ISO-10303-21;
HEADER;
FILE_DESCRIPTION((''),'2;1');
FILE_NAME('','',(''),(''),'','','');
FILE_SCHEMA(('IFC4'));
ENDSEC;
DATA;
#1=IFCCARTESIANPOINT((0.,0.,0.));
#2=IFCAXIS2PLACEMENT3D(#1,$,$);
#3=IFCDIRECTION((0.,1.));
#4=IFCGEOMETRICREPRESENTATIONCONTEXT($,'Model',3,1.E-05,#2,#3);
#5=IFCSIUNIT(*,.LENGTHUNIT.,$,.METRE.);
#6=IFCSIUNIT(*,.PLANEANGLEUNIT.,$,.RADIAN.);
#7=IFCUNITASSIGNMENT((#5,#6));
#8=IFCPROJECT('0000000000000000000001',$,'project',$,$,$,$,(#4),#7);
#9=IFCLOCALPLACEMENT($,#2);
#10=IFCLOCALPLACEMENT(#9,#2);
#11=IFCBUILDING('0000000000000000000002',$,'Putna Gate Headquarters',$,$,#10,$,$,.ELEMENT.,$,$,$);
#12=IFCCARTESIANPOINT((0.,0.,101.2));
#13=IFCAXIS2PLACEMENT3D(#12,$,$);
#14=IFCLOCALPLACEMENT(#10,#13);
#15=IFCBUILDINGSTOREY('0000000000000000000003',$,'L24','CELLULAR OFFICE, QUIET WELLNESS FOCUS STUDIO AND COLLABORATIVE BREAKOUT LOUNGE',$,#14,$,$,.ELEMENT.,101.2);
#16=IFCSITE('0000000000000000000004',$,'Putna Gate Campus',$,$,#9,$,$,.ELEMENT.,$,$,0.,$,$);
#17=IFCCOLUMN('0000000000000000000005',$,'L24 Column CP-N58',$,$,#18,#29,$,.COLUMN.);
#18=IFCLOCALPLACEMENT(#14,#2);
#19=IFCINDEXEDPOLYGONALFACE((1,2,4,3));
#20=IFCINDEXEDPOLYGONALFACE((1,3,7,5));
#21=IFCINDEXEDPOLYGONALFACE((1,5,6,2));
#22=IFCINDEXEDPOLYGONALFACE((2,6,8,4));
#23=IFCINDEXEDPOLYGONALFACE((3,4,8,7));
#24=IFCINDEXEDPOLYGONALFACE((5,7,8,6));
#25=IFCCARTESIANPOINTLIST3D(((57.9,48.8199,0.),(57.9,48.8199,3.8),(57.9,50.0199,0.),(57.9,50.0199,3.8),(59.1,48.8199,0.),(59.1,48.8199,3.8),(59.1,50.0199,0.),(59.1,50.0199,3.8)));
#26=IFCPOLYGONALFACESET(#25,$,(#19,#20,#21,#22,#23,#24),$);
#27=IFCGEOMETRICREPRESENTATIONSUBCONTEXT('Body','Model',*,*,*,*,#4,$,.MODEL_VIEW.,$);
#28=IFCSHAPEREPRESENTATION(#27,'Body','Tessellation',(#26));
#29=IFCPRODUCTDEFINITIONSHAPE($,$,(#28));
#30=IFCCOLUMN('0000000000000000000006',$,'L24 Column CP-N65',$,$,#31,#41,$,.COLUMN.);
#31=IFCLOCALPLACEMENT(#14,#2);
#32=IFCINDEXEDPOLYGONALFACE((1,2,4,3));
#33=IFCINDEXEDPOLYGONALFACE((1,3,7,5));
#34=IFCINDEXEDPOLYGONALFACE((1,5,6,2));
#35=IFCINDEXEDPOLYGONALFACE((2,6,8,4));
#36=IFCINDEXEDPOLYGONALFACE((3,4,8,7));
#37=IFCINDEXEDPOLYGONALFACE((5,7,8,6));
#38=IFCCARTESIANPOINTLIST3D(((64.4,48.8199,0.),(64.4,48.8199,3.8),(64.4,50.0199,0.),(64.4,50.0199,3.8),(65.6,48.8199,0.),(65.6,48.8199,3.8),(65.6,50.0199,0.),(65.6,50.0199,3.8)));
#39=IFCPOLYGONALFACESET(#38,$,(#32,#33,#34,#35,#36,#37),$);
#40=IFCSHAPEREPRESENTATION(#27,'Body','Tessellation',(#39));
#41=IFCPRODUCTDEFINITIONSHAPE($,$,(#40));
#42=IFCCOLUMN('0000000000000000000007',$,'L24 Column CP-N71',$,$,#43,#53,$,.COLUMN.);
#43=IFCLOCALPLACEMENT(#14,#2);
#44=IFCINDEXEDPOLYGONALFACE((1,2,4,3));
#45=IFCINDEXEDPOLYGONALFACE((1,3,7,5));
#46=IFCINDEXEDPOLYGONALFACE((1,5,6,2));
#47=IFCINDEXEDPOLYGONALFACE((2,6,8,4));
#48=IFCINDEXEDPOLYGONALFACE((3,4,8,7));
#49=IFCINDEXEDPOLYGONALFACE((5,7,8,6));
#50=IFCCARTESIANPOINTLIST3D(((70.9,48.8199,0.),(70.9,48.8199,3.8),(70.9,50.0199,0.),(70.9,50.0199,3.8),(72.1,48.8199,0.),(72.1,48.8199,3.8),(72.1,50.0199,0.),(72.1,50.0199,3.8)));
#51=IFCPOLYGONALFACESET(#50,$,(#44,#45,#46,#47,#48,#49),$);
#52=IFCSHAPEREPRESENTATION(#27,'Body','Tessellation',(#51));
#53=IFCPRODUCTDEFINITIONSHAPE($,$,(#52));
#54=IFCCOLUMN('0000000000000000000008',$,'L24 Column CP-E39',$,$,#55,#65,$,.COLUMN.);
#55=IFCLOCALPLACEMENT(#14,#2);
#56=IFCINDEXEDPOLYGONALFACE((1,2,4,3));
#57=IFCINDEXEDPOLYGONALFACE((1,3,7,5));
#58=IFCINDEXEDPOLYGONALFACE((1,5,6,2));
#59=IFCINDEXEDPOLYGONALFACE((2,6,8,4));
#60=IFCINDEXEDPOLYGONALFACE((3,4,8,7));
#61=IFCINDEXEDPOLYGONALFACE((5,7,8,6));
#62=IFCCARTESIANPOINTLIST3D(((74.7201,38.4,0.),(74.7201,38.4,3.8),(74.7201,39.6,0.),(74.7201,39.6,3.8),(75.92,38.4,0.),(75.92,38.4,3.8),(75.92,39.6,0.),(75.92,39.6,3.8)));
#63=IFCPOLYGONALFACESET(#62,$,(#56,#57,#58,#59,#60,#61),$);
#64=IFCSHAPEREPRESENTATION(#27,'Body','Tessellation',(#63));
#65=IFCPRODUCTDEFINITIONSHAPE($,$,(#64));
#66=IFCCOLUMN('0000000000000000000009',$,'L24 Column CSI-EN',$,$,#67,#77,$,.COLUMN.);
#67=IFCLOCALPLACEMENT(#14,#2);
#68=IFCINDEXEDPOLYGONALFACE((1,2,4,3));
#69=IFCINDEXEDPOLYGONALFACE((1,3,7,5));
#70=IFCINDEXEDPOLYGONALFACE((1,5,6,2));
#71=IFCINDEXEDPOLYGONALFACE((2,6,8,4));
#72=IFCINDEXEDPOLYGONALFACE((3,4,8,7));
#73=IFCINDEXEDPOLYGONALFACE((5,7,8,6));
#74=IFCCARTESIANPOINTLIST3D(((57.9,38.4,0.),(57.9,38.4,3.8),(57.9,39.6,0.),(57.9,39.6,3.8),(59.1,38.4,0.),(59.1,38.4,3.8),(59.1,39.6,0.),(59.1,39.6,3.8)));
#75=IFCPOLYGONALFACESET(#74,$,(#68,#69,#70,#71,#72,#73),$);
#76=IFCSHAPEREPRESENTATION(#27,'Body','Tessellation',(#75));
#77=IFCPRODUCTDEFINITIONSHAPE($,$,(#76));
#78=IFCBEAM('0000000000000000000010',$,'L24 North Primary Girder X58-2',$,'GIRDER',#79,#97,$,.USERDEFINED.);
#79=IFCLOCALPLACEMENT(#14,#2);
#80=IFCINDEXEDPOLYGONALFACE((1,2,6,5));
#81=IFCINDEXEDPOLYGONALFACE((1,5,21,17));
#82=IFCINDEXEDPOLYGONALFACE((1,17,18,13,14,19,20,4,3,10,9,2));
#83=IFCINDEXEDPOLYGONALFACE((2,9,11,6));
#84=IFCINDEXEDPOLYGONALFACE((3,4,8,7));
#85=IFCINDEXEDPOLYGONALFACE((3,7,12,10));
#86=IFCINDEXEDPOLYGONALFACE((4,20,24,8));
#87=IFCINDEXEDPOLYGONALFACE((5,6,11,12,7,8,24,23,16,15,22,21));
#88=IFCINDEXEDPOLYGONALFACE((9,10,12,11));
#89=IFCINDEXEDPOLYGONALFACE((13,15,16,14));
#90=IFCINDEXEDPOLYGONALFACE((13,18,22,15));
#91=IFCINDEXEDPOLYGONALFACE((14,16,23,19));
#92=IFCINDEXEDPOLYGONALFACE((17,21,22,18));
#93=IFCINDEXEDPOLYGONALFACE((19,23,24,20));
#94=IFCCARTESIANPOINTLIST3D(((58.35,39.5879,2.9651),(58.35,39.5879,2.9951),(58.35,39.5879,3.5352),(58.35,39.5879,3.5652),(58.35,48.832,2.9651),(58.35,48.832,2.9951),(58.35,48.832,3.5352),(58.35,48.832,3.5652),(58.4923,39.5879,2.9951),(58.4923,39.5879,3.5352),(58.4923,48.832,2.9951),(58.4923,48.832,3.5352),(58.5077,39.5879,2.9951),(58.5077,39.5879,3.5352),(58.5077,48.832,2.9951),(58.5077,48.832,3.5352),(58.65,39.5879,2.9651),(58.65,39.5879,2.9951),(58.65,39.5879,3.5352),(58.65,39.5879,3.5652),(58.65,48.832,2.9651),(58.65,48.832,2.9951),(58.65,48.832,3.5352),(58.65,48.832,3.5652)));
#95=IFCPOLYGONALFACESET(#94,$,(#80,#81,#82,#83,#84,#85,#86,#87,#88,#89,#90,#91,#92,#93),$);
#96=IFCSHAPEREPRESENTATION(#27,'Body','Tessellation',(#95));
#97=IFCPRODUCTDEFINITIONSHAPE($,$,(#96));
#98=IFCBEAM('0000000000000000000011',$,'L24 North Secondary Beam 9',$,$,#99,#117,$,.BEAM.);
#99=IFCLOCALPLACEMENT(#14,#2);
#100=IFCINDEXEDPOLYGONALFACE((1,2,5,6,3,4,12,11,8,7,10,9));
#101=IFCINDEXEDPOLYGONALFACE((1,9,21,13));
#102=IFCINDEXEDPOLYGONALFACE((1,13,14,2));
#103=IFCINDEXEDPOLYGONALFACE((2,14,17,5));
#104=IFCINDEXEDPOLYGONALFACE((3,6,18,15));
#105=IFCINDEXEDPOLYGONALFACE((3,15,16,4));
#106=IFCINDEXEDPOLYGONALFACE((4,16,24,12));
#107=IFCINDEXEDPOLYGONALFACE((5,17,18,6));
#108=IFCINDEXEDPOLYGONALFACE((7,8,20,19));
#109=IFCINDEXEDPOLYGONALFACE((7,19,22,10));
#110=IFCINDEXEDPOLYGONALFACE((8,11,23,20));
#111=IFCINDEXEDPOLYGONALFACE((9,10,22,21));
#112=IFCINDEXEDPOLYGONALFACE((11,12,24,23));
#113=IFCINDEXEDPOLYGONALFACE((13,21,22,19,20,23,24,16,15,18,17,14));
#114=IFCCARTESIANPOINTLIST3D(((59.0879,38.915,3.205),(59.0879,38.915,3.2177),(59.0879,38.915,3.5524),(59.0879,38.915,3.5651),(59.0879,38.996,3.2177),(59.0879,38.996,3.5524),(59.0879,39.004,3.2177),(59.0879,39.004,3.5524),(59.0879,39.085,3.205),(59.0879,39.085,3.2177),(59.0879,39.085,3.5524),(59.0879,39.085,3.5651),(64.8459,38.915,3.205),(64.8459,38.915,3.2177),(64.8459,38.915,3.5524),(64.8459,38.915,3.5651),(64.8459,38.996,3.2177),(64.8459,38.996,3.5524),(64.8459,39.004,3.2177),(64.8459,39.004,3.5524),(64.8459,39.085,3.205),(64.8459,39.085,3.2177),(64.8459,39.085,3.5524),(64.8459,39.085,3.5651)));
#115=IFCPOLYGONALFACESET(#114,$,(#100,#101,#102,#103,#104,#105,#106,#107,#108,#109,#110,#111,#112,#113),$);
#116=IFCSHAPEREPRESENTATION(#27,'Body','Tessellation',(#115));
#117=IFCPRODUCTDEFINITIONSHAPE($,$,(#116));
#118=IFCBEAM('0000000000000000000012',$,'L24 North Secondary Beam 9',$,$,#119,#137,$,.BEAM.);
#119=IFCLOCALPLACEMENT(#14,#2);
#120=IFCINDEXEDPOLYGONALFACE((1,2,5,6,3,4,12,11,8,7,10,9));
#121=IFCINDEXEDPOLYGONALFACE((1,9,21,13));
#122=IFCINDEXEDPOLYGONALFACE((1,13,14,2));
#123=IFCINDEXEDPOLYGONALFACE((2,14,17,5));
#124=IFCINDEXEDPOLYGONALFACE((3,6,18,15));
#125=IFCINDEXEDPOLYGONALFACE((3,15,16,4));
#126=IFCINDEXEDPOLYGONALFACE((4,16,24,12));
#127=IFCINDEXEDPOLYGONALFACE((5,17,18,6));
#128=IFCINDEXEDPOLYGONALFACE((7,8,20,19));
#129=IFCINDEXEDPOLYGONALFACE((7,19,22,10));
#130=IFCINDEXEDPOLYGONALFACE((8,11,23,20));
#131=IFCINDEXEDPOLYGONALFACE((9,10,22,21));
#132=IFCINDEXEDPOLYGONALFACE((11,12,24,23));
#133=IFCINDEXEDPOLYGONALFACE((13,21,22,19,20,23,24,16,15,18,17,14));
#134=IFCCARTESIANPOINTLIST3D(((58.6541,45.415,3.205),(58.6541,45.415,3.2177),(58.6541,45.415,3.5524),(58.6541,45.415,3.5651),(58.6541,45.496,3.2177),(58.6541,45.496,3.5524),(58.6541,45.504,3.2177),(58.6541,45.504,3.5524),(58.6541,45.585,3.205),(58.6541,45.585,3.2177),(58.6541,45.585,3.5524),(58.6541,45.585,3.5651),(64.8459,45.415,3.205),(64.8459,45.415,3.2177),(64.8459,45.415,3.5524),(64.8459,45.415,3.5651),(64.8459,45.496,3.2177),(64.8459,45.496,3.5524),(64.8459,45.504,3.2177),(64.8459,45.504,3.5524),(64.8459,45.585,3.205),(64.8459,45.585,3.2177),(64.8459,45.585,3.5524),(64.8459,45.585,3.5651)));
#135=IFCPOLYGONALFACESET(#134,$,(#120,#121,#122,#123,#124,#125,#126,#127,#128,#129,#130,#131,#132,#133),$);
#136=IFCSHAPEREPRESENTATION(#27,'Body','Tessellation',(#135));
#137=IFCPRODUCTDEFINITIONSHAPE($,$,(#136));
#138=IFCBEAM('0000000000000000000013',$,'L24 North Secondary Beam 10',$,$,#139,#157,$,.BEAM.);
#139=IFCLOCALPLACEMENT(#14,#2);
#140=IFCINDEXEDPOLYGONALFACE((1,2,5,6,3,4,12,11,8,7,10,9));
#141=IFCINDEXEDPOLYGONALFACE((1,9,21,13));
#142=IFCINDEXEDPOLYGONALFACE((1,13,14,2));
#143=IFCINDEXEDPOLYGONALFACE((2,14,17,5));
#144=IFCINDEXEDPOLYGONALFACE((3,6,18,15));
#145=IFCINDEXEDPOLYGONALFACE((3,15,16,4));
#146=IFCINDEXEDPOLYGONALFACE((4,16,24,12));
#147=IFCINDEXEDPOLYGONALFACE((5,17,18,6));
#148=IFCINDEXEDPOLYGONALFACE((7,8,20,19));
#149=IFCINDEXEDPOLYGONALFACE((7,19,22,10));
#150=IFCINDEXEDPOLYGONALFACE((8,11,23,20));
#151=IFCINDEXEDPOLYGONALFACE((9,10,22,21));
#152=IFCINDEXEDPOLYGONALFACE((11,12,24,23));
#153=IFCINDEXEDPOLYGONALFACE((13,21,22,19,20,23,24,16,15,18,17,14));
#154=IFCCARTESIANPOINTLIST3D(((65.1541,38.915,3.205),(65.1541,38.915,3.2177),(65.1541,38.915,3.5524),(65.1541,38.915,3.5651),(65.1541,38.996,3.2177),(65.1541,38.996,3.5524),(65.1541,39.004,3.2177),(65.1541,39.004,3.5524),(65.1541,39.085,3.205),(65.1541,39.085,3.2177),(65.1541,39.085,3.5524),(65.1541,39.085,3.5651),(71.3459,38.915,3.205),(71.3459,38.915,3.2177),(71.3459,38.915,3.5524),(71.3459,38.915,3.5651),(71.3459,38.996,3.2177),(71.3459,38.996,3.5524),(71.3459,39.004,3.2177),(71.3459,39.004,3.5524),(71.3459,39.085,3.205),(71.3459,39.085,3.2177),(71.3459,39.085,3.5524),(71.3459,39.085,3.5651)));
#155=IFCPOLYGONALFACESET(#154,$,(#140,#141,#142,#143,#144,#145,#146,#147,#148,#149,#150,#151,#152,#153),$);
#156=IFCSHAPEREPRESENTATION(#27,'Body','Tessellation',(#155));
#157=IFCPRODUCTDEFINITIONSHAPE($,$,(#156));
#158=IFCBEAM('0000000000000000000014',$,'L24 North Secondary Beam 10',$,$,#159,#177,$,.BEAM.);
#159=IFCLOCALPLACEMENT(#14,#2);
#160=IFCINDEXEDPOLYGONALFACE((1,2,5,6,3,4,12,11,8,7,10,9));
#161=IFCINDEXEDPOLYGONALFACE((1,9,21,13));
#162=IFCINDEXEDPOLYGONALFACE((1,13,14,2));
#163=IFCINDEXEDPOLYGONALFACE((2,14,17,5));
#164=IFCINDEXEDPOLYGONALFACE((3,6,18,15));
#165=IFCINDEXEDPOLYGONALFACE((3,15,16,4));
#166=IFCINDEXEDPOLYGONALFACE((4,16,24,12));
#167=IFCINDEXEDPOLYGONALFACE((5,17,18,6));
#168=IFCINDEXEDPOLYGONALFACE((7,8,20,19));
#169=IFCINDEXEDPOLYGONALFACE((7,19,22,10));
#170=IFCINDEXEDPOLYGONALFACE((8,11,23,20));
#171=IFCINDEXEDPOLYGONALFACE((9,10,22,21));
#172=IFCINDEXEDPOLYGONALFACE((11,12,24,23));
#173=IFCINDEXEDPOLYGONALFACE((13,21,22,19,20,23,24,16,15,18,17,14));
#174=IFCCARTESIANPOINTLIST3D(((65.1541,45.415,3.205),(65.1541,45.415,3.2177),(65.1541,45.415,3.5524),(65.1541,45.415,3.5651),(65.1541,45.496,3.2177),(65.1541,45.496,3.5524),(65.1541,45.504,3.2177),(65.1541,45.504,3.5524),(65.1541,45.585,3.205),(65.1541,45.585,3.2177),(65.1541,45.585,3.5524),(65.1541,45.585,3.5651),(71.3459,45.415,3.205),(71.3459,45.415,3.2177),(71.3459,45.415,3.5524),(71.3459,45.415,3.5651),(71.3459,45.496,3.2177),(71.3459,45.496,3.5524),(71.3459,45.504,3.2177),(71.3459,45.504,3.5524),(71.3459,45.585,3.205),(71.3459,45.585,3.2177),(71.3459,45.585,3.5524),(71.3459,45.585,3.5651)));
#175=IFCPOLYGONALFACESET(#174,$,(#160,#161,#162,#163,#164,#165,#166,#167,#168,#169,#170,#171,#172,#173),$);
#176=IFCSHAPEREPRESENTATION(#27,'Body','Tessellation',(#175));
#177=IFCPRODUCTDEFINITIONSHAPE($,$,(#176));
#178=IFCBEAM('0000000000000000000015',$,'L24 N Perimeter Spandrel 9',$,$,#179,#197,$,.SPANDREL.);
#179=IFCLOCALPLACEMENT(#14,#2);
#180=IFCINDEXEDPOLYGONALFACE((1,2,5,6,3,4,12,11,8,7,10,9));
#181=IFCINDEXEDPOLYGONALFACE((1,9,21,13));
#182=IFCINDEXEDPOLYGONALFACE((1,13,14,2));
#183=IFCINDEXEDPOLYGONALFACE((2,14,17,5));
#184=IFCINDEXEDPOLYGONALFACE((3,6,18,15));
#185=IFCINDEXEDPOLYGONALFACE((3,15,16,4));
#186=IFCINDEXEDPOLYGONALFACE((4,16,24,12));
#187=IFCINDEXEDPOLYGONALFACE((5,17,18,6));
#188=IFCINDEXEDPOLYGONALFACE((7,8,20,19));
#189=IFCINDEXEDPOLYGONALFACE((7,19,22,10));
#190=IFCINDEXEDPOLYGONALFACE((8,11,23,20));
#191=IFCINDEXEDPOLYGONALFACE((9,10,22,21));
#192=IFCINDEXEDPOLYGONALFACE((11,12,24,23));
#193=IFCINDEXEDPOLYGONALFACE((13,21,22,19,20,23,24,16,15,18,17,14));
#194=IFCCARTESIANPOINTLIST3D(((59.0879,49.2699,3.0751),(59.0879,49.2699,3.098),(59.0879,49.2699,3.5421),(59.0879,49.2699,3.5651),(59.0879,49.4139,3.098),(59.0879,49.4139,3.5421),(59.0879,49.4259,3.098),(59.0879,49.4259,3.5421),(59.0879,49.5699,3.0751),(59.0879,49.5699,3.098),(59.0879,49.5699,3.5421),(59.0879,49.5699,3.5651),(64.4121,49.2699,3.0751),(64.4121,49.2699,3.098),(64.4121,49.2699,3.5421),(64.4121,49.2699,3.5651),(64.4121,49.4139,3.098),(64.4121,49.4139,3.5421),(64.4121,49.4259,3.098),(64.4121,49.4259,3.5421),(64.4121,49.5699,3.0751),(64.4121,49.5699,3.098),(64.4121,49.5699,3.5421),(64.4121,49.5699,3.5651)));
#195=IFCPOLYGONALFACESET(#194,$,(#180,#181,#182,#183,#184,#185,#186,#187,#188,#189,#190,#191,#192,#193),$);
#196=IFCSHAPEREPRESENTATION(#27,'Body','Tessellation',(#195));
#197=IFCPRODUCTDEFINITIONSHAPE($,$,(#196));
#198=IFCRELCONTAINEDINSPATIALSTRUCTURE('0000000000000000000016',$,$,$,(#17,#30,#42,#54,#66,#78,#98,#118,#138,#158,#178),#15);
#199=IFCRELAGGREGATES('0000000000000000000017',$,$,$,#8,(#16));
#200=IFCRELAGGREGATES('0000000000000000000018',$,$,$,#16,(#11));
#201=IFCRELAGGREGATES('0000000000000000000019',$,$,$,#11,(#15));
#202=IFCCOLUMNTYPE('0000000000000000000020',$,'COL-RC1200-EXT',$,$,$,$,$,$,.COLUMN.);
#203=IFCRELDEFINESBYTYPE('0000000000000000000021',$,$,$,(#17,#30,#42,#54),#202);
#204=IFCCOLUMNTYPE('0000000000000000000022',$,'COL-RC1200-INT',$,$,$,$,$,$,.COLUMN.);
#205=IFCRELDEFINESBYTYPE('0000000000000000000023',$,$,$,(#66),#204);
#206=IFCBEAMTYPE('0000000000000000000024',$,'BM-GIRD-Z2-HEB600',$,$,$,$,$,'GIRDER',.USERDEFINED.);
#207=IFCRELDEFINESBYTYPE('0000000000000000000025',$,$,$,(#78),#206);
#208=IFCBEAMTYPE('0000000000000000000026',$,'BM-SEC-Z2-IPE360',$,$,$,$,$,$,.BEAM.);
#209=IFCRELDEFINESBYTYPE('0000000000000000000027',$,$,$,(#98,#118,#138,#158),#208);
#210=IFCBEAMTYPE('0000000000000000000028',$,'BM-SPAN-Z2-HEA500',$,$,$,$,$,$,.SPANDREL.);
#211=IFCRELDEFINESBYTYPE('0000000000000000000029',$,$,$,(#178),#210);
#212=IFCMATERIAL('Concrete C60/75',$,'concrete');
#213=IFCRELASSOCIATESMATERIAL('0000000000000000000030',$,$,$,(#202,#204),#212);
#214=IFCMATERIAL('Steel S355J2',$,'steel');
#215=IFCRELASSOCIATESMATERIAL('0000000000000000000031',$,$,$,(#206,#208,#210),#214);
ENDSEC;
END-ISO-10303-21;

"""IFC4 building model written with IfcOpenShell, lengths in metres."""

from ifc_helpers import new_model, si_unit, direction, frame, origin, origin_2d, place, context, subcontext, project, spatial, rectangle, i_section, extrude, material, material_profile, profile_set, type_object, element, save


model = new_model("IFC4")

# Units and contexts
model_context = context("Model", 3, precision=1e-05, world=origin(), true_north=direction((0.0, 1.0)))
body_context = subcontext(model_context, "Body", "Model", "MODEL_VIEW")
ifc_project = project(units=[si_unit("LENGTHUNIT", "METRE"), si_unit("PLANEANGLEUNIT", "RADIAN")], contexts=[model_context])

# Site, building, storey
site_placement = place(None, origin())
site = spatial("IfcSite", under=ifc_project, at=site_placement, Name="Putna Gate Campus", CompositionType="ELEMENT", RefElevation=0.0)
building_placement = place(site_placement, origin())
building = spatial("IfcBuilding", under=site, at=building_placement, Name="Putna Gate Headquarters", CompositionType="ELEMENT")
storey_placement = place(building_placement, frame((0.0, 0.0, 101.2)))
storey = spatial("IfcBuildingStorey", under=building, at=storey_placement, Name="L24", Description="CELLULAR OFFICE, QUIET WELLNESS FOCUS STUDIO AND COLLABORATIVE BREAKOUT LOUNGE", CompositionType="ELEMENT", Elevation=101.2)

# Columns
ifc_material_1 = material(Name="Concrete C60/75", Category="concrete")
ifc_material_profile_1 = material_profile(ifc_material_1, rectangle(XDim=1.2, YDim=1.2, at=origin_2d()), Name="Concrete C60/75")
ifc_profile_set_1 = profile_set([ifc_material_profile_1], Name="Concrete C60/75")
column_type_1 = type_object("IfcColumnType", Name="COL-RC1200-EXT", PredefinedType="COLUMN", material=ifc_profile_set_1)
for number, where, z_axis, x_axis, name in (
    (1, (58.5, 49.4199, 0.0), (0.0, 0.0, 1.0), (1.0, 0.0, 0.0), "L24 Column CP-N58"),
    (2, (65.0, 49.4199, 0.0), (0.0, 0.0, 1.0), (1.0, 0.0, 0.0), "L24 Column CP-N65"),
    (3, (71.5, 49.4199, 0.0), (0.0, 0.0, 1.0), (1.0, 0.0, 0.0), "L24 Column CP-N71"),
    (4, (75.3201, 39.0, 0.0), (0.0, 0.0, 1.0), (1.0, 0.0, 0.0), "L24 Column CP-E39"),
):
    element("IfcColumn", number, at=place(storey_placement, frame(where, z_axis=z_axis, x_axis=x_axis)), inside=storey, type_object=column_type_1, Name=name, PredefinedType="COLUMN", context=body_context, shape_type="SweptSolid", body=[
        extrude(rectangle(XDim=1.2, YDim=1.2, at=origin_2d()), origin(), (0.0, 0.0, 1.0), 3.8),
    ])
ifc_material_profile_2 = material_profile(ifc_material_1, rectangle(XDim=1.2, YDim=1.2, at=origin_2d()), Name="Concrete C60/75")
ifc_profile_set_2 = profile_set([ifc_material_profile_2], Name="Concrete C60/75")
column_type_2 = type_object("IfcColumnType", Name="COL-RC1200-INT", PredefinedType="COLUMN", material=ifc_profile_set_2)
column_placement = place(storey_placement, frame((58.5, 39.0, 0.0), z_axis=(0.0, 0.0, 1.0), x_axis=(1.0, 0.0, 0.0)))
element("IfcColumn", 5, at=column_placement, inside=storey, type_object=column_type_2, Name="L24 Column CSI-EN", PredefinedType="COLUMN", context=body_context, shape_type="SweptSolid", body=[
    extrude(rectangle(XDim=1.2, YDim=1.2, at=origin_2d()), origin(), (0.0, 0.0, 1.0), 3.8),
])

# Beams
ifc_material_2 = material(Name="Steel S355J2", Category="steel")
ifc_material_profile_3 = material_profile(ifc_material_2, i_section(OverallWidth=0.3, OverallDepth=0.6001, WebThickness=0.0154, FlangeThickness=0.03, at=origin_2d()), Name="Steel S355J2")
ifc_profile_set_3 = profile_set([ifc_material_profile_3], Name="Steel S355J2")
beam_type_1 = type_object("IfcBeamType", Name="BM-GIRD-Z2-HEB600", ElementType="GIRDER", PredefinedType="USERDEFINED", material=ifc_profile_set_3)
beam_1_placement = place(storey_placement, frame((58.5, 39.5879, 3.2651), z_axis=(0.0, 1.0, 0.0), x_axis=(-1.0, 0.0, 0.0)))
element("IfcBeam", 6, at=beam_1_placement, inside=storey, type_object=beam_type_1, Name="L24 North Primary Girder X58-2", ObjectType="GIRDER", PredefinedType="USERDEFINED", context=body_context, shape_type="SweptSolid", body=[
    extrude(i_section(OverallWidth=0.3, OverallDepth=0.6001, WebThickness=0.0154, FlangeThickness=0.03, at=origin_2d()), origin(), (0.0, 0.0, 1.0), 9.2441),
])
ifc_material_profile_4 = material_profile(ifc_material_2, i_section(OverallWidth=0.1699, OverallDepth=0.3601, WebThickness=0.0081, FlangeThickness=0.0127, at=origin_2d()), Name="Steel S355J2")
ifc_profile_set_4 = profile_set([ifc_material_profile_4], Name="Steel S355J2")
beam_type_2 = type_object("IfcBeamType", Name="BM-SEC-Z2-IPE360", PredefinedType="BEAM", material=ifc_profile_set_4)
beam_2_placement = place(storey_placement, frame((59.0879, 39.0, 3.385), z_axis=(1.0, 0.0, 0.0), x_axis=(0.0, 1.0, 0.0)))
element("IfcBeam", 7, at=beam_2_placement, inside=storey, type_object=beam_type_2, Name="L24 North Secondary Beam 9", PredefinedType="BEAM", context=body_context, shape_type="SweptSolid", body=[
    extrude(i_section(OverallWidth=0.1699, OverallDepth=0.3601, WebThickness=0.0081, FlangeThickness=0.0127, at=origin_2d()), origin(), (0.0, 0.0, 1.0), 5.7581),
])
for number, where, z_axis, x_axis, name in (
    (8, (58.6541, 45.5, 3.385), (1.0, 0.0, 0.0), (0.0, 1.0, 0.0), "L24 North Secondary Beam 9"),
    (9, (65.1541, 39.0, 3.385), (1.0, 0.0, 0.0), (0.0, 1.0, 0.0), "L24 North Secondary Beam 10"),
    (10, (65.1541, 45.5, 3.385), (1.0, 0.0, 0.0), (0.0, 1.0, 0.0), "L24 North Secondary Beam 10"),
):
    element("IfcBeam", number, at=place(storey_placement, frame(where, z_axis=z_axis, x_axis=x_axis)), inside=storey, type_object=beam_type_2, Name=name, PredefinedType="BEAM", context=body_context, shape_type="SweptSolid", body=[
        extrude(i_section(OverallWidth=0.1699, OverallDepth=0.3601, WebThickness=0.0081, FlangeThickness=0.0127, at=origin_2d()), origin(), (0.0, 0.0, 1.0), 6.1919),
    ])
ifc_material_profile_5 = material_profile(ifc_material_2, i_section(OverallWidth=0.3, OverallDepth=0.49, WebThickness=0.012, FlangeThickness=0.0229, at=origin_2d()), Name="Steel S355J2")
ifc_profile_set_5 = profile_set([ifc_material_profile_5], Name="Steel S355J2")
beam_type_3 = type_object("IfcBeamType", Name="BM-SPAN-Z2-HEA500", PredefinedType="SPANDREL", material=ifc_profile_set_5)
for number, where, z_axis, x_axis, name in (
    (11, (59.0879, 49.4199, 3.3201), (1.0, 0.0, 0.0), (0.0, 1.0, 0.0), "L24 N Perimeter Spandrel 9"),
):
    element("IfcBeam", number, at=place(storey_placement, frame(where, z_axis=z_axis, x_axis=x_axis)), inside=storey, type_object=beam_type_3, Name=name, PredefinedType="SPANDREL", context=body_context, shape_type="SweptSolid", body=[
        extrude(i_section(OverallWidth=0.3, OverallDepth=0.49, WebThickness=0.012, FlangeThickness=0.0229, at=origin_2d()), origin(), (0.0, 0.0, 1.0), 5.3242),
    ])

save(model, "model.ifc")
